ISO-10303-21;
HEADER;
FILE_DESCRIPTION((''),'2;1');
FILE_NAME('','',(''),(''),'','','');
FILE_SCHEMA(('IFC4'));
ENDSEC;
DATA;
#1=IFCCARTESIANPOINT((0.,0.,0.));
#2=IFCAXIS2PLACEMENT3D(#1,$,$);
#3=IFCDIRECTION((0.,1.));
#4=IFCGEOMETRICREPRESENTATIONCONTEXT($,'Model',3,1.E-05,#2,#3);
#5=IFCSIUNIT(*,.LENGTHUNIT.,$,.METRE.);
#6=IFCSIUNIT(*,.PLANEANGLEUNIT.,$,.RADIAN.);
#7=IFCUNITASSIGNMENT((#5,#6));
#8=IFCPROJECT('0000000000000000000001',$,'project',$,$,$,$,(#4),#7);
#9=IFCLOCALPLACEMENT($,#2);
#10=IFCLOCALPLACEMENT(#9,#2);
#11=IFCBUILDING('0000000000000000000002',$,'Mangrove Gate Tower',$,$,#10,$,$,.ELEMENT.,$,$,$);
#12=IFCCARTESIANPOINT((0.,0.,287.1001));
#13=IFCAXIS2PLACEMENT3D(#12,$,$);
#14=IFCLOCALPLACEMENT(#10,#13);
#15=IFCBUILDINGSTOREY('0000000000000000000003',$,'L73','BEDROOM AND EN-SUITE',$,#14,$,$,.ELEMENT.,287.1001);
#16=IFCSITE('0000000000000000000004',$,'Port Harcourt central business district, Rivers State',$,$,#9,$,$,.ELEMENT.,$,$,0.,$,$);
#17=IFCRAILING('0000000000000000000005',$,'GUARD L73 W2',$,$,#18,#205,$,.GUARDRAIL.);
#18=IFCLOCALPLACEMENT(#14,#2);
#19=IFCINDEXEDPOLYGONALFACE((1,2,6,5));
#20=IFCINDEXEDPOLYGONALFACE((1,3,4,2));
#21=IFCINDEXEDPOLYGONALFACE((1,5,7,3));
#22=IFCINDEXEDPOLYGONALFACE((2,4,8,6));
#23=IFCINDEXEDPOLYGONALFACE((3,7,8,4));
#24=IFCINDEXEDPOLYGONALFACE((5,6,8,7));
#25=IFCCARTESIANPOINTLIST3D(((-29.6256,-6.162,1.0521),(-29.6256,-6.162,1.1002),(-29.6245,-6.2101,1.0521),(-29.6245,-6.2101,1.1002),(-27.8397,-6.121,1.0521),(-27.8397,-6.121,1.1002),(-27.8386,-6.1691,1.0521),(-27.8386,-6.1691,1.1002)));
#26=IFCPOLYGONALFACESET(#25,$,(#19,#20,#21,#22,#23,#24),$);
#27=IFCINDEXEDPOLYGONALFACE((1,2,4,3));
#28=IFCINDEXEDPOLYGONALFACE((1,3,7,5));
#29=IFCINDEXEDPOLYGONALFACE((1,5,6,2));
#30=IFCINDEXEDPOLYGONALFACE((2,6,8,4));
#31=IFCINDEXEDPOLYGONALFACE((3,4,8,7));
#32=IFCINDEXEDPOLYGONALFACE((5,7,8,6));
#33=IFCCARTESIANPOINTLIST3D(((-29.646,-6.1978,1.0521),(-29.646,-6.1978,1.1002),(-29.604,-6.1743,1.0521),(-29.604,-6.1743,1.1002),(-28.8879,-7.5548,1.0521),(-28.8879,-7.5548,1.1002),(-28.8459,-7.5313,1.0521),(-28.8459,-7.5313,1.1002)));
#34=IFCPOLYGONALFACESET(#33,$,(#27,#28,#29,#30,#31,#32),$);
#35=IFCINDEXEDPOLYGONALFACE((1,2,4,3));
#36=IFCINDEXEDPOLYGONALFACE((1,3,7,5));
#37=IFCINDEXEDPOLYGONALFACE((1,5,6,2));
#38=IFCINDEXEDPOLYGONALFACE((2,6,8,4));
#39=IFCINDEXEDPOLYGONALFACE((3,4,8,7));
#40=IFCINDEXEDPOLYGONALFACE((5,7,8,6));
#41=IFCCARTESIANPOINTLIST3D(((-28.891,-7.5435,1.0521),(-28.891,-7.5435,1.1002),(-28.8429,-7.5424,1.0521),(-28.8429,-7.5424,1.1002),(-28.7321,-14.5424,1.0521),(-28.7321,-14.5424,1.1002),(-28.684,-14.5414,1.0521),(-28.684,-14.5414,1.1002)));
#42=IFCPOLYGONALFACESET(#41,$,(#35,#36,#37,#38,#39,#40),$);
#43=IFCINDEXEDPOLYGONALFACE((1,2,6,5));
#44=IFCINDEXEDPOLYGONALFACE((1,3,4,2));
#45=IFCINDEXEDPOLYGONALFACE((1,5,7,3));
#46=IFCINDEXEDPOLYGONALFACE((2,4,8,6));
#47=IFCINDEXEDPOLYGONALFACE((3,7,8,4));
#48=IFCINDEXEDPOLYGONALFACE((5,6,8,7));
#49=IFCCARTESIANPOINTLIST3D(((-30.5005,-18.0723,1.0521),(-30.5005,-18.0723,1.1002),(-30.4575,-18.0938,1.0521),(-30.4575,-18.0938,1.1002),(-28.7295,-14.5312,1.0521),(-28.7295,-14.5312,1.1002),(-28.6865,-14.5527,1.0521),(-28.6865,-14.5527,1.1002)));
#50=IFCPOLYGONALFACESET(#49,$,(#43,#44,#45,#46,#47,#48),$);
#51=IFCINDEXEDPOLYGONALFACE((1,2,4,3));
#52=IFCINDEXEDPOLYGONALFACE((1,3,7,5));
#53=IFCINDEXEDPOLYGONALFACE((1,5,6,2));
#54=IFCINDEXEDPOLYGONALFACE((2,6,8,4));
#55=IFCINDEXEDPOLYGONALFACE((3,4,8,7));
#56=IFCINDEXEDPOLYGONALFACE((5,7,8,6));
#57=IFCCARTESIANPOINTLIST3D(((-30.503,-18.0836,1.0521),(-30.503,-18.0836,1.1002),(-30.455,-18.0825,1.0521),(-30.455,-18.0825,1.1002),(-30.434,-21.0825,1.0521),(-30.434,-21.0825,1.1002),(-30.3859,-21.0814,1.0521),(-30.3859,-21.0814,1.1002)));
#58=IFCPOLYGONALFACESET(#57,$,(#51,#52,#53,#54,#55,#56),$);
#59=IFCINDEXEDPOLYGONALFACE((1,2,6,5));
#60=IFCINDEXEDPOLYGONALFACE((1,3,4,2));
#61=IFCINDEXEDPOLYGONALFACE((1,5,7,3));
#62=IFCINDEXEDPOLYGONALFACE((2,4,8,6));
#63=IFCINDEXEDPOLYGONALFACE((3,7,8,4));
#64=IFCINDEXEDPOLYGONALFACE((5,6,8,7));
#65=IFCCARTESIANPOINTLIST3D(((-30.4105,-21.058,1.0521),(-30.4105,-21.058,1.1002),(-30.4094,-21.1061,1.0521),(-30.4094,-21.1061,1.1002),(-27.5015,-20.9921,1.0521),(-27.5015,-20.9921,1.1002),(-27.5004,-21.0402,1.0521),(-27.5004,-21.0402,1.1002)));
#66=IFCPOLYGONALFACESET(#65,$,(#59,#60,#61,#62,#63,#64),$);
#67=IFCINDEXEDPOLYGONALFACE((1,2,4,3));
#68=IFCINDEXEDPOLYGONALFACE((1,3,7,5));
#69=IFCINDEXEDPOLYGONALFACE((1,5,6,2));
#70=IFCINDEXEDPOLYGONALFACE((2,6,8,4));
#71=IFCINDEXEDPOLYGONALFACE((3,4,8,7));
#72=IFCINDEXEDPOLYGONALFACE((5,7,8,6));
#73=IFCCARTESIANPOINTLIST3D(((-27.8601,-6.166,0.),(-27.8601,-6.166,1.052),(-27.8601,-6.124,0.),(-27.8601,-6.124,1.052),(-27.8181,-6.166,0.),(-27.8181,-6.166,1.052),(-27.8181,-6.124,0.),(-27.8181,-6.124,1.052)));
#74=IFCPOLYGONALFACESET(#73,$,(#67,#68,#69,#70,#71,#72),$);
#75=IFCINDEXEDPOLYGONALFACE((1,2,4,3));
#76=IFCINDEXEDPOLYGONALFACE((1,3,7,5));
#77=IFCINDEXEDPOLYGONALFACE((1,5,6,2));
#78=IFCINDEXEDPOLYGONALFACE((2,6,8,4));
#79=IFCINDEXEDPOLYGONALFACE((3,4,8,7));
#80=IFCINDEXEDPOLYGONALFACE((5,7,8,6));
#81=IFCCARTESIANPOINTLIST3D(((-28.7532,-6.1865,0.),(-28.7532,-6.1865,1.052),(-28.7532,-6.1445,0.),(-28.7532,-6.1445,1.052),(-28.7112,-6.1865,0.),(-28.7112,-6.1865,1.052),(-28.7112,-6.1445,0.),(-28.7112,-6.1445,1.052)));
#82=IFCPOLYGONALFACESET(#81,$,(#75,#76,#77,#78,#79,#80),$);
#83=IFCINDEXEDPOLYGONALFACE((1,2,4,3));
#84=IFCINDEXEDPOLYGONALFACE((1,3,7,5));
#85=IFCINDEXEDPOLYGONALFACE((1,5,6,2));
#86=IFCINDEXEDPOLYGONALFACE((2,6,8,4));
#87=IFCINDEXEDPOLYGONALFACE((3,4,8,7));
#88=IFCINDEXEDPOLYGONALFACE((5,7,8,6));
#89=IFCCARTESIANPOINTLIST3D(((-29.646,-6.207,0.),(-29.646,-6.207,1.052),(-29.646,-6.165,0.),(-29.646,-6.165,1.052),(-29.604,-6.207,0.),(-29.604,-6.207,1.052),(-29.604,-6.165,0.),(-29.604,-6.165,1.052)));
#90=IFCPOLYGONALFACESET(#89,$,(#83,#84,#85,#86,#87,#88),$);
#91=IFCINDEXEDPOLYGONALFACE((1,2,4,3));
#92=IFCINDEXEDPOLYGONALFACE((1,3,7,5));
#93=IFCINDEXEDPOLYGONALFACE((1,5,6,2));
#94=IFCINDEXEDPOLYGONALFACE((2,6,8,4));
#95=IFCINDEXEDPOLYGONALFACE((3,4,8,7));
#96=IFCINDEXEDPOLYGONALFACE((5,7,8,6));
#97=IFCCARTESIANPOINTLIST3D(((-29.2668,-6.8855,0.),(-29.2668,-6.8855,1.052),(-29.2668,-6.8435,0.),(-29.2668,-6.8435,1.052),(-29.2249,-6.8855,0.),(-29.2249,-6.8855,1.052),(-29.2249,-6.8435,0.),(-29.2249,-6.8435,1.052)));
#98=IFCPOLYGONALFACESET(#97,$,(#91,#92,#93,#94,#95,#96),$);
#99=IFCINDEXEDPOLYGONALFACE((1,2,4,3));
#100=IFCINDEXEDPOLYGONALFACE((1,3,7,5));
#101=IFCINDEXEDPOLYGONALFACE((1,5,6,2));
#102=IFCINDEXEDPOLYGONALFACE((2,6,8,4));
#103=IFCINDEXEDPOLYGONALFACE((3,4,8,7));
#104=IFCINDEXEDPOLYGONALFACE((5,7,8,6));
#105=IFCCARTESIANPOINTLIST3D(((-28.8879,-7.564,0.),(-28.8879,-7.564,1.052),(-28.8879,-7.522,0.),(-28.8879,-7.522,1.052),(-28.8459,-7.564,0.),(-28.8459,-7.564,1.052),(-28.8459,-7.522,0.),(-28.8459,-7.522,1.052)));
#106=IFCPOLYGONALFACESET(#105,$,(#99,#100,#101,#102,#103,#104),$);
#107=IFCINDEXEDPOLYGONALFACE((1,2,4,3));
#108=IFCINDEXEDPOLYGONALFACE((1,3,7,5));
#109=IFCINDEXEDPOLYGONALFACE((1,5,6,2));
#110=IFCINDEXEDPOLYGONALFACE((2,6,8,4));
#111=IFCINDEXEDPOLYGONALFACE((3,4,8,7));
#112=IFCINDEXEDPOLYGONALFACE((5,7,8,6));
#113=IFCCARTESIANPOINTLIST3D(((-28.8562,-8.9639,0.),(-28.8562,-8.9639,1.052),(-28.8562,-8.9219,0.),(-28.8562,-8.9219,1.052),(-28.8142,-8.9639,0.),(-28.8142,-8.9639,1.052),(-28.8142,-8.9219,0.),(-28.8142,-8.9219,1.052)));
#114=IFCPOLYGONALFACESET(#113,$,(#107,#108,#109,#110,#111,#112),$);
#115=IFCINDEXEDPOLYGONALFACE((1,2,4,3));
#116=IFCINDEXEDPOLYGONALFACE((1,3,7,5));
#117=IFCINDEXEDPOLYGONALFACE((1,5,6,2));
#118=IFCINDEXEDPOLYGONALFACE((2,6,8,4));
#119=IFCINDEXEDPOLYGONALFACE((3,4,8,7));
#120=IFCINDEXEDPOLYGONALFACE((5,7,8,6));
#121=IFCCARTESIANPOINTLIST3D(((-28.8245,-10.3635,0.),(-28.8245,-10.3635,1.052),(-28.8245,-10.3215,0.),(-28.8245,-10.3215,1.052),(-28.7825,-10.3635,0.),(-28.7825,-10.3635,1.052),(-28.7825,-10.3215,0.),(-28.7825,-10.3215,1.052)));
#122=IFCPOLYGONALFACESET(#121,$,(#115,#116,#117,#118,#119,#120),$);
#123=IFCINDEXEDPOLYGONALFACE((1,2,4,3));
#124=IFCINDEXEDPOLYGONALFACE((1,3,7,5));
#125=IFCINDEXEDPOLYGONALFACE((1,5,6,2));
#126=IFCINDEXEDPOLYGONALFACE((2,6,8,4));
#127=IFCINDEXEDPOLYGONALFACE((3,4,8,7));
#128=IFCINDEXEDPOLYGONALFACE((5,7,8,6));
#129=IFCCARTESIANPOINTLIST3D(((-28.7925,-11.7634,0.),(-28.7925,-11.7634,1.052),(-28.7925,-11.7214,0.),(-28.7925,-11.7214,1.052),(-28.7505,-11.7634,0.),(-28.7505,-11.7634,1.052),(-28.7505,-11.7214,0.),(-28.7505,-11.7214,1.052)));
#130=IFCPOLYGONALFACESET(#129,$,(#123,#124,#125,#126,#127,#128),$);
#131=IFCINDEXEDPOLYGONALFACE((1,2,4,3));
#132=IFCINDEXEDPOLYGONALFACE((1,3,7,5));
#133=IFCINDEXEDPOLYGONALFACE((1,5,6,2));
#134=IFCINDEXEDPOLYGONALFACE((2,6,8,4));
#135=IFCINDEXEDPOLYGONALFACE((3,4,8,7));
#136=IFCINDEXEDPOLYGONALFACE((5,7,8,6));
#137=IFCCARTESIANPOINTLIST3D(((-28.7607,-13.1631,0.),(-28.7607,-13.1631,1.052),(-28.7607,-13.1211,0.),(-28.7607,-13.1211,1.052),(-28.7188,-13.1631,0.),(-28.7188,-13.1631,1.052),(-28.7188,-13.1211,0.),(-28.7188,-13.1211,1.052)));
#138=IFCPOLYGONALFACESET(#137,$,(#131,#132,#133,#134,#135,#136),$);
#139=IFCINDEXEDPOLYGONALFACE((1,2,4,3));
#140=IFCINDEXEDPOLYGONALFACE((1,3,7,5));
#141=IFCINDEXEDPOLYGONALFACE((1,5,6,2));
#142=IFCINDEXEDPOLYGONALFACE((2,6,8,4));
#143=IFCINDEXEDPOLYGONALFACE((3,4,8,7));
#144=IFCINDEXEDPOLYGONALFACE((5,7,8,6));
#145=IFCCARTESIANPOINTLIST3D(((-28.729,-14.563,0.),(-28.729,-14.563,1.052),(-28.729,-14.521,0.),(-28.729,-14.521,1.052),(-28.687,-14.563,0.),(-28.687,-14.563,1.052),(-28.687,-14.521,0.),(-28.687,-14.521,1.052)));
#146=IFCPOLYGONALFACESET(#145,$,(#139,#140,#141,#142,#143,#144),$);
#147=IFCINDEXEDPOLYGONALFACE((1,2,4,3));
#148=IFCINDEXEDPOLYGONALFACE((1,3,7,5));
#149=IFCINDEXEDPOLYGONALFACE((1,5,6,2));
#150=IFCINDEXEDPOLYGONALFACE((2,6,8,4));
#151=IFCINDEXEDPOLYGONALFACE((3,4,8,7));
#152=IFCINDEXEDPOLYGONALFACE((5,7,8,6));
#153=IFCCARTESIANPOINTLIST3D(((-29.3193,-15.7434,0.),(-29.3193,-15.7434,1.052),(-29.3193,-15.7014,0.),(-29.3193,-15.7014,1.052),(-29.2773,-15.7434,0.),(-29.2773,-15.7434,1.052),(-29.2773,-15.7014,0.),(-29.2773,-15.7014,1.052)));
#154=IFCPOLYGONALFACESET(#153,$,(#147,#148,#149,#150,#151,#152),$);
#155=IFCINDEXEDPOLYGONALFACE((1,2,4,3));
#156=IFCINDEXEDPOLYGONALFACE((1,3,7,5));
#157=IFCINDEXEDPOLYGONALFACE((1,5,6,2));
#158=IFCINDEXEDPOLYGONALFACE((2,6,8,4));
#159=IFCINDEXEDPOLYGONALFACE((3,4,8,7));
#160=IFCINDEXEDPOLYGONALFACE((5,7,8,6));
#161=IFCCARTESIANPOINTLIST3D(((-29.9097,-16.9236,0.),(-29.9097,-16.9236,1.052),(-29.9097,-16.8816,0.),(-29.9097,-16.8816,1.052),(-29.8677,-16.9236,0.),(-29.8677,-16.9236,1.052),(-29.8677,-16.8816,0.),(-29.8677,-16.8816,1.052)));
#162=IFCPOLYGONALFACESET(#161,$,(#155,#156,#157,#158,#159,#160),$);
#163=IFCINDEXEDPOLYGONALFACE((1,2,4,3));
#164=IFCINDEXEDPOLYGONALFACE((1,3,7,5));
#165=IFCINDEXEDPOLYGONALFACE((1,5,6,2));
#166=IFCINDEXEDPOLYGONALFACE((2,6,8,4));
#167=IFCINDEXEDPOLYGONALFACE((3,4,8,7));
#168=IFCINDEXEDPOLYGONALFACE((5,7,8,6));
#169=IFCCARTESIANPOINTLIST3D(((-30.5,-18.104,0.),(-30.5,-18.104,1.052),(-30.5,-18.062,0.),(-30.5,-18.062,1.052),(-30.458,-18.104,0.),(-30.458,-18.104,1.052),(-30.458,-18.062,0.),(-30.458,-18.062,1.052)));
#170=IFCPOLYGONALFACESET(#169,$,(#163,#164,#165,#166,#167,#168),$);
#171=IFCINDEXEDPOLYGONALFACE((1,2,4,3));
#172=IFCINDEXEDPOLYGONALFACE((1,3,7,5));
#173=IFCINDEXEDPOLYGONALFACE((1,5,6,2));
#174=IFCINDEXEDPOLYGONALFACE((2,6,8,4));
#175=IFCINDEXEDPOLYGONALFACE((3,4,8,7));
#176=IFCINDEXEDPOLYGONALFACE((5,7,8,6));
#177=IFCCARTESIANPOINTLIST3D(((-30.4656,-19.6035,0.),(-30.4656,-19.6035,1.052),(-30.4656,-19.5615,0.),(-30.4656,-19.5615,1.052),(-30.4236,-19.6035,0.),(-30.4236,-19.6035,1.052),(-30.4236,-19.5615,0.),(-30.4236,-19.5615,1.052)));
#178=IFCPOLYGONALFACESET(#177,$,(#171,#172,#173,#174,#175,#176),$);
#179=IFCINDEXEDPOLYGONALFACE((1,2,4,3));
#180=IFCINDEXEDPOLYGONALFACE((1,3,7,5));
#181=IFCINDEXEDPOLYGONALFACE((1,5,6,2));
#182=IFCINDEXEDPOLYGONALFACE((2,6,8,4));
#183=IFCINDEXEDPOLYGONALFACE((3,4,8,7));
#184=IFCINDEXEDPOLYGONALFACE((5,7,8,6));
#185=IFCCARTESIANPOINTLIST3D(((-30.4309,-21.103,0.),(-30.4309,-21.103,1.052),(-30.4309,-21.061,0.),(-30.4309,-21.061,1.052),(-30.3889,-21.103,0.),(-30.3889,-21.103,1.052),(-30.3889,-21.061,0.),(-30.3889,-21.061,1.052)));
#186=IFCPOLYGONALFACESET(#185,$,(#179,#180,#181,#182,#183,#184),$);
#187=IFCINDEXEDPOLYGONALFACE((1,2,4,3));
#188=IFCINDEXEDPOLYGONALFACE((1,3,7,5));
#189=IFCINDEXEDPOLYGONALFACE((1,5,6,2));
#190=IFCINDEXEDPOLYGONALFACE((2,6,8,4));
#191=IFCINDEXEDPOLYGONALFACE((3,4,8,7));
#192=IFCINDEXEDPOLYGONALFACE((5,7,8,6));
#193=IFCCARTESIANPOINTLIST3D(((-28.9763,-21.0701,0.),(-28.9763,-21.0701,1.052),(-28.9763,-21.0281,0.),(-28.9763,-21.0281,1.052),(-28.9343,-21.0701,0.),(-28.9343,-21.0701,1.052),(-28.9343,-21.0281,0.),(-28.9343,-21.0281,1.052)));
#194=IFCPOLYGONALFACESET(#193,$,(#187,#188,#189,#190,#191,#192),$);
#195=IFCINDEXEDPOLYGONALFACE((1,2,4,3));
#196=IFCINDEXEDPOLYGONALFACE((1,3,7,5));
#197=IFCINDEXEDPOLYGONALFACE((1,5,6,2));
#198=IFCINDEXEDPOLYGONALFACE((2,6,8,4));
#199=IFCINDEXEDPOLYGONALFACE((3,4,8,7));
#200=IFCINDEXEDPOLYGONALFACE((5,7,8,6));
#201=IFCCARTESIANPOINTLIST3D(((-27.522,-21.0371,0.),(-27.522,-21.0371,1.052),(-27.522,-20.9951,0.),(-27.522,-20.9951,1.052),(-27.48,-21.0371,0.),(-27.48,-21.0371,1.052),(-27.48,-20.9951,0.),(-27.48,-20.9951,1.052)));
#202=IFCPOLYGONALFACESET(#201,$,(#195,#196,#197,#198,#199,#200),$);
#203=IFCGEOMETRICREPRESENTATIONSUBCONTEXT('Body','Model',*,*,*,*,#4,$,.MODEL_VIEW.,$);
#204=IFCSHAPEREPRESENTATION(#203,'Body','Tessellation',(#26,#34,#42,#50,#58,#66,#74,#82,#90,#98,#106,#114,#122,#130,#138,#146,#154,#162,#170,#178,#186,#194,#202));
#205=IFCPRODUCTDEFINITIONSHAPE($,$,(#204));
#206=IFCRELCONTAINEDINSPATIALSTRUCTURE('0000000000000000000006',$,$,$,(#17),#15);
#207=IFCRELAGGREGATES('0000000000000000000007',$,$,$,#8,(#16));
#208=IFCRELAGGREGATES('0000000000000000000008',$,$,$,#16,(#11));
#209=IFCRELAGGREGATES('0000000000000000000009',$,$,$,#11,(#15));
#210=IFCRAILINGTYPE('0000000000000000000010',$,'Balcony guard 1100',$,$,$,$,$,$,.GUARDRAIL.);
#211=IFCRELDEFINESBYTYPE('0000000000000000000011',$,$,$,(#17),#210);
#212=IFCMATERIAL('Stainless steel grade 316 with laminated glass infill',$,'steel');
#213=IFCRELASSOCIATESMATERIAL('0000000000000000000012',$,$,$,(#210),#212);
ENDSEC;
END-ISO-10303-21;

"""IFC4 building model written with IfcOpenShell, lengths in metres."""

from ifc_helpers import new_model, si_unit, direction, frame, origin, origin_2d, place, context, subcontext, project, spatial, rectangle, extrude, material, type_object, element, save


model = new_model("IFC4")

# Units and contexts
model_context = context("Model", 3, precision=1e-05, world=origin(), true_north=direction((0.0, 1.0)))
body_context = subcontext(model_context, "Body", "Model", "MODEL_VIEW")
ifc_project = project(units=[si_unit("LENGTHUNIT", "METRE"), si_unit("PLANEANGLEUNIT", "RADIAN")], contexts=[model_context])

# Site, building, storey
site_placement = place(None, origin())
site = spatial("IfcSite", under=ifc_project, at=site_placement, Name="Port Harcourt central business district, Rivers State", CompositionType="ELEMENT", RefElevation=0.0)
building_placement = place(site_placement, origin())
building = spatial("IfcBuilding", under=site, at=building_placement, Name="Mangrove Gate Tower", CompositionType="ELEMENT")
storey_placement = place(building_placement, frame((0.0, 0.0, 287.1001)))
storey = spatial("IfcBuildingStorey", under=building, at=storey_placement, Name="L73", Description="BEDROOM AND EN-SUITE", CompositionType="ELEMENT", Elevation=287.1001)

# Railing
ifc_material_1 = material(Name="Stainless steel grade 316 with laminated glass infill", Category="steel")
railing_type = type_object("IfcRailingType", Name="Balcony guard 1100", PredefinedType="GUARDRAIL", material=ifc_material_1)
railing_placement = place(storey_placement, frame((-27.8391, -6.145, 0.0)))
element("IfcRailing", 1, at=railing_placement, inside=storey, type_object=railing_type, Name="GUARD L73 W2", PredefinedType="GUARDRAIL", context=body_context, shape_type="SweptSolid", body=[
    extrude(rectangle(XDim=0.0481, YDim=0.0481, at=origin_2d()), frame((0.0, 0.0, 1.0762), z_axis=(-0.999736, -0.02296, 0.0), x_axis=(0.02296, -0.999736, 0.0)), (0.0, 0.0, 1.0), 1.7864),
    extrude(rectangle(XDim=0.0481, YDim=0.0481, at=origin_2d()), frame((-1.7859, -0.041, 1.0762), z_axis=(0.487709, -0.873006, 0.0), x_axis=(0.873006, 0.487709, 0.0)), (0.0, 0.0, 1.0), 1.5544),
    extrude(rectangle(XDim=0.0481, YDim=0.0481, at=origin_2d()), frame((-1.0278, -1.3979, 1.0762), z_axis=(0.022702, -0.999742, 0.0), x_axis=(0.999742, 0.022702, 0.0)), (0.0, 0.0, 1.0), 7.0007),
    extrude(rectangle(XDim=0.0481, YDim=0.0481, at=origin_2d()), frame((-0.8689, -8.397, 1.0762), z_axis=(-0.447312, -0.894378, 0.0), x_axis=(0.894378, -0.447312, 0.0)), (0.0, 0.0, 1.0), 3.9592),
    extrude(rectangle(XDim=0.0481, YDim=0.0481, at=origin_2d()), frame((-2.6399, -11.938, 1.0762), z_axis=(0.023032, -0.999735, 0.0), x_axis=(0.999735, 0.023032, 0.0)), (0.0, 0.0, 1.0), 2.9998),
    extrude(rectangle(XDim=0.0481, YDim=0.0481, at=origin_2d()), frame((-2.5708, -14.937, 1.0762), z_axis=(0.999743, 0.022655, 0.0), x_axis=(-0.022655, 0.999743, 0.0)), (0.0, 0.0, 1.0), 2.9097),
    extrude(rectangle(XDim=0.042, YDim=0.042, at=origin_2d()), origin(), (0.0, 0.0, 1.0), 1.052),
    extrude(rectangle(XDim=0.042, YDim=0.042, at=origin_2d()), frame((-0.8931, -0.0205, 0.0)), (0.0, 0.0, 1.0), 1.052),
    extrude(rectangle(XDim=0.042, YDim=0.042, at=origin_2d()), frame((-1.7859, -0.041, 0.0)), (0.0, 0.0, 1.0), 1.052),
    extrude(rectangle(XDim=0.042, YDim=0.042, at=origin_2d()), frame((-1.4067, -0.7195, 0.0)), (0.0, 0.0, 1.0), 1.052),
    extrude(rectangle(XDim=0.042, YDim=0.042, at=origin_2d()), frame((-1.0278, -1.3979, 0.0)), (0.0, 0.0, 1.0), 1.052),
    extrude(rectangle(XDim=0.042, YDim=0.042, at=origin_2d()), frame((-0.9961, -2.7979, 0.0)), (0.0, 0.0, 1.0), 1.052),
    extrude(rectangle(XDim=0.042, YDim=0.042, at=origin_2d()), frame((-0.9644, -4.1975, 0.0)), (0.0, 0.0, 1.0), 1.052),
    extrude(rectangle(XDim=0.042, YDim=0.042, at=origin_2d()), frame((-0.9324, -5.5974, 0.0)), (0.0, 0.0, 1.0), 1.052),
    extrude(rectangle(XDim=0.042, YDim=0.042, at=origin_2d()), frame((-0.9006, -6.9971, 0.0)), (0.0, 0.0, 1.0), 1.052),
    extrude(rectangle(XDim=0.042, YDim=0.042, at=origin_2d()), frame((-0.8689, -8.397, 0.0)), (0.0, 0.0, 1.0), 1.052),
    extrude(rectangle(XDim=0.042, YDim=0.042, at=origin_2d()), frame((-1.4592, -9.5774, 0.0)), (0.0, 0.0, 1.0), 1.052),
    extrude(rectangle(XDim=0.042, YDim=0.042, at=origin_2d()), frame((-2.0496, -10.7576, 0.0)), (0.0, 0.0, 1.0), 1.052),
    extrude(rectangle(XDim=0.042, YDim=0.042, at=origin_2d()), frame((-2.6399, -11.938, 0.0)), (0.0, 0.0, 1.0), 1.052),
    extrude(rectangle(XDim=0.042, YDim=0.042, at=origin_2d()), frame((-2.6055, -13.4375, 0.0)), (0.0, 0.0, 1.0), 1.052),
    extrude(rectangle(XDim=0.042, YDim=0.042, at=origin_2d()), frame((-2.5708, -14.937, 0.0)), (0.0, 0.0, 1.0), 1.052),
    extrude(rectangle(XDim=0.042, YDim=0.042, at=origin_2d()), frame((-1.1162, -14.9041, 0.0)), (0.0, 0.0, 1.0), 1.052),
    extrude(rectangle(XDim=0.042, YDim=0.042, at=origin_2d()), frame((0.3381, -14.8711, 0.0)), (0.0, 0.0, 1.0), 1.052),
])

save(model, "model.ifc")
